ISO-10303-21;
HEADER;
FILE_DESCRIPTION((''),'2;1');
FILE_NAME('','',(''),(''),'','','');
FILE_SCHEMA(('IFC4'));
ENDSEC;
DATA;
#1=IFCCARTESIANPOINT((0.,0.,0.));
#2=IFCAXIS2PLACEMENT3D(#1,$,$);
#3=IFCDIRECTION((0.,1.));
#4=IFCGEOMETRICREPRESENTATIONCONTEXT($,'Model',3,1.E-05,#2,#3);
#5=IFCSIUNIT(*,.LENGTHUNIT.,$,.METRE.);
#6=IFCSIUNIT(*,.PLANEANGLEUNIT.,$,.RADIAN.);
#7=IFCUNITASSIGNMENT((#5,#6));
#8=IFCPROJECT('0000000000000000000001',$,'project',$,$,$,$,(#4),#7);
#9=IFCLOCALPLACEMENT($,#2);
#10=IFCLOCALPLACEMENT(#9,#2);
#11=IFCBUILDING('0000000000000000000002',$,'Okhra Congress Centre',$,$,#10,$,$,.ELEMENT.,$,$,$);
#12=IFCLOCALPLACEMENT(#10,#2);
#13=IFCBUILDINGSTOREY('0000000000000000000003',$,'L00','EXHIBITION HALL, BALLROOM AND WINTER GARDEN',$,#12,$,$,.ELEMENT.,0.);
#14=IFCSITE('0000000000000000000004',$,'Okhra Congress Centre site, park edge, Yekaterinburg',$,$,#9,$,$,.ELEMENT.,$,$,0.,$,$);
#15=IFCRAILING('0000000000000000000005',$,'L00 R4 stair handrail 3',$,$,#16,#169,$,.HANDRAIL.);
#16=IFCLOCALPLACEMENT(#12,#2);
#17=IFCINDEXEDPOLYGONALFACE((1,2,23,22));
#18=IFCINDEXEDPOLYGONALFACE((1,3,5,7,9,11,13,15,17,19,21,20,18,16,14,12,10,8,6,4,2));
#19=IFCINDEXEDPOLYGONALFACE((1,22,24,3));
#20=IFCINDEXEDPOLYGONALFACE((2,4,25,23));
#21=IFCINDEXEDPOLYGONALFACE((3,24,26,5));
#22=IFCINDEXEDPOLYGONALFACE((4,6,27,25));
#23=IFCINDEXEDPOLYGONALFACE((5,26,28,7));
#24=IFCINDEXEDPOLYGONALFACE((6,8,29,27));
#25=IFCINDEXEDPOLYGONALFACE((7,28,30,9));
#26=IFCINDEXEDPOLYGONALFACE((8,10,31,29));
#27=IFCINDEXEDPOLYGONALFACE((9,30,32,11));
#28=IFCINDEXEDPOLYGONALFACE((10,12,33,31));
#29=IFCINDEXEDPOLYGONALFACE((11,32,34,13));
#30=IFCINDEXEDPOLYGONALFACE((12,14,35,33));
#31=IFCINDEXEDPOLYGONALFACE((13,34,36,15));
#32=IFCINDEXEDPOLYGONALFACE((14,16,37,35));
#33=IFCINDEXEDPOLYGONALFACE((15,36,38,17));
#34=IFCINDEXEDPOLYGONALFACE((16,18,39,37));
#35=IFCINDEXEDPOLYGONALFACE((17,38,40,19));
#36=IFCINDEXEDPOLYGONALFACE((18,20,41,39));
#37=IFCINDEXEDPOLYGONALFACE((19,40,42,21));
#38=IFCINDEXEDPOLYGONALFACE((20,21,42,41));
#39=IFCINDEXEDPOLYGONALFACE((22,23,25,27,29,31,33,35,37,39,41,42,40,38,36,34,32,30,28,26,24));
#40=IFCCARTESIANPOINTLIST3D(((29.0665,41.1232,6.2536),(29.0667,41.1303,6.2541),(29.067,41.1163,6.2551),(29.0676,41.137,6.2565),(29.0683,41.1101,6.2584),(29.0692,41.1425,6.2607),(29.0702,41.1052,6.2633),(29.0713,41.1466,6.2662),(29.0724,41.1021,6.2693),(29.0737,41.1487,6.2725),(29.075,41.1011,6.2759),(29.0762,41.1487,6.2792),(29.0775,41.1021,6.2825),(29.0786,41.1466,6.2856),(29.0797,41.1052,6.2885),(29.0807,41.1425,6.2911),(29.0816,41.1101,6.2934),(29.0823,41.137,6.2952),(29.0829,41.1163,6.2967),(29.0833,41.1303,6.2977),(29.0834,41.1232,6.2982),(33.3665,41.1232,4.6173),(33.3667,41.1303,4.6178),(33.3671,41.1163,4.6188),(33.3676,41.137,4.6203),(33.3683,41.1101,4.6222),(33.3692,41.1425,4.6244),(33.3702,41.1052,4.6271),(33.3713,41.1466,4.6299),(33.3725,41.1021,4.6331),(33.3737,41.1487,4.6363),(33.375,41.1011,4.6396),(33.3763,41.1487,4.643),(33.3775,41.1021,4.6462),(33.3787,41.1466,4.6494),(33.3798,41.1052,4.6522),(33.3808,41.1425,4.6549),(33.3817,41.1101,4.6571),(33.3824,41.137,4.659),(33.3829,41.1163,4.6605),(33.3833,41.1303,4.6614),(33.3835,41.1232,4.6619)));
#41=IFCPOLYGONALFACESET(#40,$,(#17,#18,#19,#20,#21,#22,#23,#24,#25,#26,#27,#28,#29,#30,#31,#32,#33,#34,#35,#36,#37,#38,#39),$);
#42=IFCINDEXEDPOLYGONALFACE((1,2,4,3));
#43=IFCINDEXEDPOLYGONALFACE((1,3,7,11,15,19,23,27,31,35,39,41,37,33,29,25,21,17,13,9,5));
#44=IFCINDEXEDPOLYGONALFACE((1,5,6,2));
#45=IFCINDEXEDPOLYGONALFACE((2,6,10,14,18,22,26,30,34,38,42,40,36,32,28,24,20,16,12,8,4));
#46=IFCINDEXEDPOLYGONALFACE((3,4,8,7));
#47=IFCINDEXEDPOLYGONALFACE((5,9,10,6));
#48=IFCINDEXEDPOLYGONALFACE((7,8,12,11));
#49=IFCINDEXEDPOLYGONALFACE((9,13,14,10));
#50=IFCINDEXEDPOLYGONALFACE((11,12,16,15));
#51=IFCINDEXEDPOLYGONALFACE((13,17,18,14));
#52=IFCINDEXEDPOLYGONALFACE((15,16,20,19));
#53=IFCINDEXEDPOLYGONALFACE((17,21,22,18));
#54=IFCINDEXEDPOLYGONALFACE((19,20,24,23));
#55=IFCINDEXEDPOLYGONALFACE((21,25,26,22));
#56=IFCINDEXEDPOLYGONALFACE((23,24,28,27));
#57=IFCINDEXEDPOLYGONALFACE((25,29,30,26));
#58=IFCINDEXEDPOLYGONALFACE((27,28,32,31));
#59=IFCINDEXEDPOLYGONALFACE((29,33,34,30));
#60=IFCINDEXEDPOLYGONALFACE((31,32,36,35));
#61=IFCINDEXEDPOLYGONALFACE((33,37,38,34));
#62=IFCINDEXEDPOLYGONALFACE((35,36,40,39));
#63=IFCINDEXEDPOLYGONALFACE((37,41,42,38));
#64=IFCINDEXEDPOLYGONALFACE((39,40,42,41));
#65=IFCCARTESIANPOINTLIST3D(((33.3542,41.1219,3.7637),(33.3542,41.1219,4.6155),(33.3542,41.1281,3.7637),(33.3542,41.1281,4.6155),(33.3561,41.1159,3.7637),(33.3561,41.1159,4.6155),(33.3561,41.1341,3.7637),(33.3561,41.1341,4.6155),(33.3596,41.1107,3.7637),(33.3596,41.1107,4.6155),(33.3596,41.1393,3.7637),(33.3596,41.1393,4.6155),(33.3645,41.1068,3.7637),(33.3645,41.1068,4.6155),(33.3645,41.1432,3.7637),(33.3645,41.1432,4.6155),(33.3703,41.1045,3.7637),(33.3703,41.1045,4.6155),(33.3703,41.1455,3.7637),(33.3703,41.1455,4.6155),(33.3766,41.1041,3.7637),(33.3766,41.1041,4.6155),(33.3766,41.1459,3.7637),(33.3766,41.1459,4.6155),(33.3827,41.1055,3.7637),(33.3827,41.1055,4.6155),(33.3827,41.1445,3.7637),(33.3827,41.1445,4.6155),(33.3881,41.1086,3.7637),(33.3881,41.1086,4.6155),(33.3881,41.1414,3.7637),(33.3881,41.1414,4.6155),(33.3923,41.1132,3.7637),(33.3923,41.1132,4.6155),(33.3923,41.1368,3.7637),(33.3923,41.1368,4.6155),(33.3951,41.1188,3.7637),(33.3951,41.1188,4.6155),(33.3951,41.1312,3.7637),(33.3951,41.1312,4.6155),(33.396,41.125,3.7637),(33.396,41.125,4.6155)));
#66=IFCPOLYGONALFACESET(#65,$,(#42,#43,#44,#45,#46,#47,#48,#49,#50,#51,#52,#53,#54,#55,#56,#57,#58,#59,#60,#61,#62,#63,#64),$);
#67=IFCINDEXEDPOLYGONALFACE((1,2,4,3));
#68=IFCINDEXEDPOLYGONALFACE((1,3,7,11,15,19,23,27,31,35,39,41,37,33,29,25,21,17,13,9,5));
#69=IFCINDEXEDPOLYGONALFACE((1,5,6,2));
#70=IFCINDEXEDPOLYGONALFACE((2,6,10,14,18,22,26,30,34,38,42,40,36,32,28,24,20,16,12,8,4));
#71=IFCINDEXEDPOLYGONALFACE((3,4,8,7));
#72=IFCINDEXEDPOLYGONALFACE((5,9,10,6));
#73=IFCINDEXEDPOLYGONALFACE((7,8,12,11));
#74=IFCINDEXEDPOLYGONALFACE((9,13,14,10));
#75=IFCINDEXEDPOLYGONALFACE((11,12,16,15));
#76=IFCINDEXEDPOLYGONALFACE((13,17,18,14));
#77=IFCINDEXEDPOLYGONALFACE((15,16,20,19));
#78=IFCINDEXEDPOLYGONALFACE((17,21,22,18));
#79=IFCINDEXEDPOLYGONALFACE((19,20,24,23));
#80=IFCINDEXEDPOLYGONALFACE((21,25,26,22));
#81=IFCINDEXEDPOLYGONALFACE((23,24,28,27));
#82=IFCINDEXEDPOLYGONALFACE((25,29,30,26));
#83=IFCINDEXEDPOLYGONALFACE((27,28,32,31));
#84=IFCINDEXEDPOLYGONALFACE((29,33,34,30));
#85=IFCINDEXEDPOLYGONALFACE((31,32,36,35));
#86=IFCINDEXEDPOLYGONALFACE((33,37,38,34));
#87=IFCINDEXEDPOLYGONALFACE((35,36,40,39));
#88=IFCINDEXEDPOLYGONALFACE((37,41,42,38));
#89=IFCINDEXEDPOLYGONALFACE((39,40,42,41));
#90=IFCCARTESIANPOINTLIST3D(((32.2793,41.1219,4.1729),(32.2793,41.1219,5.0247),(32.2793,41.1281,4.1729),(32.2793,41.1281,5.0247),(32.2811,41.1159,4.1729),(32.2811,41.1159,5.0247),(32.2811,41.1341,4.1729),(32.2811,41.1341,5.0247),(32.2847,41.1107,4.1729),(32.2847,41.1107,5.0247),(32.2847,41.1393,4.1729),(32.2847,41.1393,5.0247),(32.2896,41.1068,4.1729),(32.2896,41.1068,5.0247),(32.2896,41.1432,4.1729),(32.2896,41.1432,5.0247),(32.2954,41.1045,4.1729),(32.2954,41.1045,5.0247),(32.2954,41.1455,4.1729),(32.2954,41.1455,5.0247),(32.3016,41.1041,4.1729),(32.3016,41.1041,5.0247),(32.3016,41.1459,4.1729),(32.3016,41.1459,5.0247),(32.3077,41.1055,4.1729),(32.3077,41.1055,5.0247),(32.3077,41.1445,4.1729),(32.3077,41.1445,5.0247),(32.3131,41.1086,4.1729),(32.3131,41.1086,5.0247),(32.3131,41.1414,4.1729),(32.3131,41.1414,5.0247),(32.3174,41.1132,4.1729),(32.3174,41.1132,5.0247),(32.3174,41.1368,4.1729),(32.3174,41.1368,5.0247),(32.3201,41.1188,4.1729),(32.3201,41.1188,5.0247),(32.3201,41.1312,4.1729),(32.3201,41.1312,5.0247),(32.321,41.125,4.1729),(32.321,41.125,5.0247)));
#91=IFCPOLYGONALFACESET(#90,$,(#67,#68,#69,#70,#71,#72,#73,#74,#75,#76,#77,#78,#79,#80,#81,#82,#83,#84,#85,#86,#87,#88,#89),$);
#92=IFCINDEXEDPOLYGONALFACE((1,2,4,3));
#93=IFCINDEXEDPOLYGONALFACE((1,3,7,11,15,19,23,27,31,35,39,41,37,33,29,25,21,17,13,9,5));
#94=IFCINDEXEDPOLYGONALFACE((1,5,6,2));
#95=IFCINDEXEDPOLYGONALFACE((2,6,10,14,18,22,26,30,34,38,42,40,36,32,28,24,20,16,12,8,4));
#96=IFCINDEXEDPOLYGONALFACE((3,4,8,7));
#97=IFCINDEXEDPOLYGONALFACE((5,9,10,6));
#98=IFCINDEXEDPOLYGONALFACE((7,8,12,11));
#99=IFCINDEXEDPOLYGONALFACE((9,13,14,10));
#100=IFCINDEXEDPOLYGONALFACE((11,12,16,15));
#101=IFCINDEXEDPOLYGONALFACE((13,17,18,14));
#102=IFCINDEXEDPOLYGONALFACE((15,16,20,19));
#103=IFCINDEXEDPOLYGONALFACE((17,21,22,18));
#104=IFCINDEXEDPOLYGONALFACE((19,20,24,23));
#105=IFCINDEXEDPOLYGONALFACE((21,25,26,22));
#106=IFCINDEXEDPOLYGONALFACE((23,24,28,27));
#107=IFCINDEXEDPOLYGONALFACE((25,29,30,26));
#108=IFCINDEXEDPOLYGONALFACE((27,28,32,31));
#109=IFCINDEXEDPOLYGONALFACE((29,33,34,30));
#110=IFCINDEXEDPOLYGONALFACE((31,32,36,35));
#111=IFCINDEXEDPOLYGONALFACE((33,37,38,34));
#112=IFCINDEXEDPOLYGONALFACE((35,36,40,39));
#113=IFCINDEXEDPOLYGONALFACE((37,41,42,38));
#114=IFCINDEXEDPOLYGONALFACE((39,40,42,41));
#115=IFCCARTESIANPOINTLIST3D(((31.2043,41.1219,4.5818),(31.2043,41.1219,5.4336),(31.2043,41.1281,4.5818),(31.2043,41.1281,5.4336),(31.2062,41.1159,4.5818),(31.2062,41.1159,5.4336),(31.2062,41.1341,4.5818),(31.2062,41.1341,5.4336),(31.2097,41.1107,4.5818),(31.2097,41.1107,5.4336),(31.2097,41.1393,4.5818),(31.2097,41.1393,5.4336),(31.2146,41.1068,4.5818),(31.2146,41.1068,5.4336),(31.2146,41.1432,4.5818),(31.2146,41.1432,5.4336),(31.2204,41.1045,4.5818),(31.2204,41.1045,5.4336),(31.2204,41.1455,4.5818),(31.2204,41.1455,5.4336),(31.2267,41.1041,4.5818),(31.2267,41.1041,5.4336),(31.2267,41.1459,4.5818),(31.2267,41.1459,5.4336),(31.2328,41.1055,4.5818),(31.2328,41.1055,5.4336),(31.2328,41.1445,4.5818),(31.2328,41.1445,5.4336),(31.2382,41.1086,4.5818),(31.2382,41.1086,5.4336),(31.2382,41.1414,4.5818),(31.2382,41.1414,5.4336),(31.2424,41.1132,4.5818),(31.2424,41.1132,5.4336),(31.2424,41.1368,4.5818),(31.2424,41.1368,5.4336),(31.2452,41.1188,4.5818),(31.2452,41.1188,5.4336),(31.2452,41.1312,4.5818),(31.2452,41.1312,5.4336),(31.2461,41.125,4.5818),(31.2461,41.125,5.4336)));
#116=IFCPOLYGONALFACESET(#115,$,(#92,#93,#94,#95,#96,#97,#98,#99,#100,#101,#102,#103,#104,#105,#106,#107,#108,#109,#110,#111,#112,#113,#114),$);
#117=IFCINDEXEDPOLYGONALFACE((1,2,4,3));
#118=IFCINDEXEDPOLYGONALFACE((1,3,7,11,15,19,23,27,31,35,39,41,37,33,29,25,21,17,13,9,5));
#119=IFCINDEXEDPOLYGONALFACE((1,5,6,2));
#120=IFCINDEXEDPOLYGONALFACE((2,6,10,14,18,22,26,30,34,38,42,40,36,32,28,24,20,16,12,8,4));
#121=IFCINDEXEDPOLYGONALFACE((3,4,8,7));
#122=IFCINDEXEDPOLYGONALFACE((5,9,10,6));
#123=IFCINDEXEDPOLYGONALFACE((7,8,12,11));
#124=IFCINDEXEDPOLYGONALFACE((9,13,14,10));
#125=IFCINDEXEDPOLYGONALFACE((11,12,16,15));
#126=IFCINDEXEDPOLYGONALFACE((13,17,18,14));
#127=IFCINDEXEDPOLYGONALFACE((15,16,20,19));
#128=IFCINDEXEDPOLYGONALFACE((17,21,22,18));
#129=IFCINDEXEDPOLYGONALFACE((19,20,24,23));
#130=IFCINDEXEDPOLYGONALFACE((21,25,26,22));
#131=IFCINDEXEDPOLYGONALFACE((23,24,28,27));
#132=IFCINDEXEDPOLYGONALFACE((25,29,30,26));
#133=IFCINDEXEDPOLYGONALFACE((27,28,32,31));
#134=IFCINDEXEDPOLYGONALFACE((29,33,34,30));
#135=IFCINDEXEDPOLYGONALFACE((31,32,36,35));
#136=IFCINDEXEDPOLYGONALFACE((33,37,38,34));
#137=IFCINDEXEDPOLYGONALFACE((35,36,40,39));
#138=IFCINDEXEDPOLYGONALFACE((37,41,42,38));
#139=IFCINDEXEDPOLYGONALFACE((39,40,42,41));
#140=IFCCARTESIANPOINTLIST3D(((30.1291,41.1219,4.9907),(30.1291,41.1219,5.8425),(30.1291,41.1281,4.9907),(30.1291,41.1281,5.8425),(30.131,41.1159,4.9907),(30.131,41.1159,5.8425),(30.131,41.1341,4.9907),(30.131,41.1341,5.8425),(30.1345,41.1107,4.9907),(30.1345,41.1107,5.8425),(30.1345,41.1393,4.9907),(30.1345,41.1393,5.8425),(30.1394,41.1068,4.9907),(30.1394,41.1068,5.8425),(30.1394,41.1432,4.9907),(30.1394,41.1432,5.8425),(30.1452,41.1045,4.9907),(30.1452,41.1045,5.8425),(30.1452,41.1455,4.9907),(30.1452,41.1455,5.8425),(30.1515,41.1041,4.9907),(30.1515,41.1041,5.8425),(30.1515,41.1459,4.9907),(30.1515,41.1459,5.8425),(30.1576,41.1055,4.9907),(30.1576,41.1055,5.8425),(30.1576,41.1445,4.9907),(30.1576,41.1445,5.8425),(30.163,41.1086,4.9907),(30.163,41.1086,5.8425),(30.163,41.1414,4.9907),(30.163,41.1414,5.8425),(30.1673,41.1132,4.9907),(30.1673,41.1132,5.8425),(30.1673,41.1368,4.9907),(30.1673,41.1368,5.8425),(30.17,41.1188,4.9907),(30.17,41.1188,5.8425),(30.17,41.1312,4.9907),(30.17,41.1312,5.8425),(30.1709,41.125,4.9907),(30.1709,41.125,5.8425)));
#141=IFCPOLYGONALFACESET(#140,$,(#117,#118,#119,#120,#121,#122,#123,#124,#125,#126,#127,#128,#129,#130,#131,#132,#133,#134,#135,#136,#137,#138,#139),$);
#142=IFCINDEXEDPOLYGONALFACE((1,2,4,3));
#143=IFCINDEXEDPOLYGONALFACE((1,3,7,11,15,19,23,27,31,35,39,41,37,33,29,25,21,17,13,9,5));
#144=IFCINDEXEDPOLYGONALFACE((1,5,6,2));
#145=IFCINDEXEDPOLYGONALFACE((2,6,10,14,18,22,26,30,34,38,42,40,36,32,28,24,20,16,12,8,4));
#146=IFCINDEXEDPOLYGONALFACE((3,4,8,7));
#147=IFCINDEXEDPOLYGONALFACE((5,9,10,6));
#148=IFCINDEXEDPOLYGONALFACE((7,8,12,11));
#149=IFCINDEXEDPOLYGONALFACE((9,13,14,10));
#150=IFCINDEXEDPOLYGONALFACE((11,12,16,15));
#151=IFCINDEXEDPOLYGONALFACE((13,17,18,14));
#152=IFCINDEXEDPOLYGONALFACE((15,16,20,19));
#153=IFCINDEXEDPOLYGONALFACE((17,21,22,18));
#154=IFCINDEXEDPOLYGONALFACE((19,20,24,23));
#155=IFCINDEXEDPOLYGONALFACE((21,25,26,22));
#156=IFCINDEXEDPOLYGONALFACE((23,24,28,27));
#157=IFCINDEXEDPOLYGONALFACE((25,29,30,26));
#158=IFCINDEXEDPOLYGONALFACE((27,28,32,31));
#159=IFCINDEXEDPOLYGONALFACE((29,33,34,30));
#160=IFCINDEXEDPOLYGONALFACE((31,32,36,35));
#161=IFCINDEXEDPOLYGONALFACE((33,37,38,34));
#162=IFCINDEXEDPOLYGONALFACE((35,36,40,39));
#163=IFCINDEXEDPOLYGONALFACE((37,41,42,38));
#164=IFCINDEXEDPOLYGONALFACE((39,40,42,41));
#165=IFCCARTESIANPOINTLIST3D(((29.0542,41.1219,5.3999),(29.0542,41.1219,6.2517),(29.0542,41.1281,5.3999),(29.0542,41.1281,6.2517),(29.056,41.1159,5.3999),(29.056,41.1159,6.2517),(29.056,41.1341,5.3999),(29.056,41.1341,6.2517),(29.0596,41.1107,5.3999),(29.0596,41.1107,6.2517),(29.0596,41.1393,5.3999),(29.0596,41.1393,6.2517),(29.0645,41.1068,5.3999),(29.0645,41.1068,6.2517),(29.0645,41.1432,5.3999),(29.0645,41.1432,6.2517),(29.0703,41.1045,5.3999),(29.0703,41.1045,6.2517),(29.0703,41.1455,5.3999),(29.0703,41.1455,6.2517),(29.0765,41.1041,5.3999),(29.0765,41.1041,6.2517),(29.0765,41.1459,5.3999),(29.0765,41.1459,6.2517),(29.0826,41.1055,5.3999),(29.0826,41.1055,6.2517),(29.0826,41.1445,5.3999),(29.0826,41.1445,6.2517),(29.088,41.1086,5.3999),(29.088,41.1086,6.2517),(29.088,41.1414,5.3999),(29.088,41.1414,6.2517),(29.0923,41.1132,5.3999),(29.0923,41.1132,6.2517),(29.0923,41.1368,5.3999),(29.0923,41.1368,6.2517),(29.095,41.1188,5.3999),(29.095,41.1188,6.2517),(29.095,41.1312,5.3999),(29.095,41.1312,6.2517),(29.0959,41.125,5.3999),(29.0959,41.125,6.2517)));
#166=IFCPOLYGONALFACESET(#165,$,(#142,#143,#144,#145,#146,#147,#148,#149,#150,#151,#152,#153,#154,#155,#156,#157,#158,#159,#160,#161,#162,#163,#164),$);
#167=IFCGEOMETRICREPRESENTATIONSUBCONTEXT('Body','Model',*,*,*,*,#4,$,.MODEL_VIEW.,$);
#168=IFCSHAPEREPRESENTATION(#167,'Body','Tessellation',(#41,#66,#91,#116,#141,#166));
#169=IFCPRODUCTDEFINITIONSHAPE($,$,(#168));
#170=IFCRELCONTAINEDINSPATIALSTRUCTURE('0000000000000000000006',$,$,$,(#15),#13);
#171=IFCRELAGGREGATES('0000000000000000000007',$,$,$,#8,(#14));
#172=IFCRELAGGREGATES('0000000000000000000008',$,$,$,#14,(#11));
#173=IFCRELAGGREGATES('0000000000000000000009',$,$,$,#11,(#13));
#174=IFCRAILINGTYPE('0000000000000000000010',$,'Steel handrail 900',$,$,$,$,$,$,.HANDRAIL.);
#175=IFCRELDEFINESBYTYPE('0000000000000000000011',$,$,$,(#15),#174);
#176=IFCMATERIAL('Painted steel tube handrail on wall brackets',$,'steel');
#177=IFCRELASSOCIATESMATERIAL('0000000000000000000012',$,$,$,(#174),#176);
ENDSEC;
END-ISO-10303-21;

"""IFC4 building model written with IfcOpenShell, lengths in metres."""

from ifc_helpers import new_model, si_unit, direction, frame, origin, origin_2d, place, context, subcontext, project, spatial, circle, extrude, material, type_object, element, save


model = new_model("IFC4")

# Units and contexts
model_context = context("Model", 3, precision=1e-05, world=origin(), true_north=direction((0.0, 1.0)))
body_context = subcontext(model_context, "Body", "Model", "MODEL_VIEW")
ifc_project = project(units=[si_unit("LENGTHUNIT", "METRE"), si_unit("PLANEANGLEUNIT", "RADIAN")], contexts=[model_context])

# Site, building, storey
site_placement = place(None, origin())
site = spatial("IfcSite", under=ifc_project, at=site_placement, Name="Okhra Congress Centre site, park edge, Yekaterinburg", CompositionType="ELEMENT", RefElevation=0.0)
building_placement = place(site_placement, origin())
building = spatial("IfcBuilding", under=site, at=building_placement, Name="Okhra Congress Centre", CompositionType="ELEMENT")
storey_placement = place(building_placement, origin())
storey = spatial("IfcBuildingStorey", under=building, at=storey_placement, Name="L00", Description="EXHIBITION HALL, BALLROOM AND WINTER GARDEN", CompositionType="ELEMENT", Elevation=0.0)

# Railing
ifc_material_1 = material(Name="Painted steel tube handrail on wall brackets", Category="steel")
railing_type_1 = type_object("IfcRailingType", Name="Steel handrail 900", PredefinedType="HANDRAIL", material=ifc_material_1)
railing_1_placement = place(storey_placement, frame((33.375, 41.125, 3.7637)))
element("IfcRailing", 1, at=railing_1_placement, inside=storey, type_object=railing_type_1, Name="L00 R4 stair handrail 3", PredefinedType="HANDRAIL", context=body_context, shape_type="SweptSolid", body=[
    extrude(circle(Radius=0.0239, at=origin_2d()), frame((0.0, 0.0, 0.876), z_axis=(-0.934624, 0.0, 0.355638), x_axis=(0.0, -1.0, 0.0)), (0.0, 0.0, 1.0), 4.6008),
    extrude(circle(Radius=0.021, at=origin_2d()), origin(), (0.0, 0.0, 1.0), 0.8518),
    extrude(circle(Radius=0.021, at=origin_2d()), frame((-1.075, 0.0, 0.4092)), (0.0, 0.0, 1.0), 0.8518),
    extrude(circle(Radius=0.021, at=origin_2d()), frame((-2.1499, 0.0, 0.8181)), (0.0, 0.0, 1.0), 0.8518),
    extrude(circle(Radius=0.021, at=origin_2d()), frame((-3.2251, 0.0, 1.2271)), (0.0, 0.0, 1.0), 0.8518),
    extrude(circle(Radius=0.021, at=origin_2d()), frame((-4.3, 0.0, 1.6362)), (0.0, 0.0, 1.0), 0.8518),
])

save(model, "model.ifc")
